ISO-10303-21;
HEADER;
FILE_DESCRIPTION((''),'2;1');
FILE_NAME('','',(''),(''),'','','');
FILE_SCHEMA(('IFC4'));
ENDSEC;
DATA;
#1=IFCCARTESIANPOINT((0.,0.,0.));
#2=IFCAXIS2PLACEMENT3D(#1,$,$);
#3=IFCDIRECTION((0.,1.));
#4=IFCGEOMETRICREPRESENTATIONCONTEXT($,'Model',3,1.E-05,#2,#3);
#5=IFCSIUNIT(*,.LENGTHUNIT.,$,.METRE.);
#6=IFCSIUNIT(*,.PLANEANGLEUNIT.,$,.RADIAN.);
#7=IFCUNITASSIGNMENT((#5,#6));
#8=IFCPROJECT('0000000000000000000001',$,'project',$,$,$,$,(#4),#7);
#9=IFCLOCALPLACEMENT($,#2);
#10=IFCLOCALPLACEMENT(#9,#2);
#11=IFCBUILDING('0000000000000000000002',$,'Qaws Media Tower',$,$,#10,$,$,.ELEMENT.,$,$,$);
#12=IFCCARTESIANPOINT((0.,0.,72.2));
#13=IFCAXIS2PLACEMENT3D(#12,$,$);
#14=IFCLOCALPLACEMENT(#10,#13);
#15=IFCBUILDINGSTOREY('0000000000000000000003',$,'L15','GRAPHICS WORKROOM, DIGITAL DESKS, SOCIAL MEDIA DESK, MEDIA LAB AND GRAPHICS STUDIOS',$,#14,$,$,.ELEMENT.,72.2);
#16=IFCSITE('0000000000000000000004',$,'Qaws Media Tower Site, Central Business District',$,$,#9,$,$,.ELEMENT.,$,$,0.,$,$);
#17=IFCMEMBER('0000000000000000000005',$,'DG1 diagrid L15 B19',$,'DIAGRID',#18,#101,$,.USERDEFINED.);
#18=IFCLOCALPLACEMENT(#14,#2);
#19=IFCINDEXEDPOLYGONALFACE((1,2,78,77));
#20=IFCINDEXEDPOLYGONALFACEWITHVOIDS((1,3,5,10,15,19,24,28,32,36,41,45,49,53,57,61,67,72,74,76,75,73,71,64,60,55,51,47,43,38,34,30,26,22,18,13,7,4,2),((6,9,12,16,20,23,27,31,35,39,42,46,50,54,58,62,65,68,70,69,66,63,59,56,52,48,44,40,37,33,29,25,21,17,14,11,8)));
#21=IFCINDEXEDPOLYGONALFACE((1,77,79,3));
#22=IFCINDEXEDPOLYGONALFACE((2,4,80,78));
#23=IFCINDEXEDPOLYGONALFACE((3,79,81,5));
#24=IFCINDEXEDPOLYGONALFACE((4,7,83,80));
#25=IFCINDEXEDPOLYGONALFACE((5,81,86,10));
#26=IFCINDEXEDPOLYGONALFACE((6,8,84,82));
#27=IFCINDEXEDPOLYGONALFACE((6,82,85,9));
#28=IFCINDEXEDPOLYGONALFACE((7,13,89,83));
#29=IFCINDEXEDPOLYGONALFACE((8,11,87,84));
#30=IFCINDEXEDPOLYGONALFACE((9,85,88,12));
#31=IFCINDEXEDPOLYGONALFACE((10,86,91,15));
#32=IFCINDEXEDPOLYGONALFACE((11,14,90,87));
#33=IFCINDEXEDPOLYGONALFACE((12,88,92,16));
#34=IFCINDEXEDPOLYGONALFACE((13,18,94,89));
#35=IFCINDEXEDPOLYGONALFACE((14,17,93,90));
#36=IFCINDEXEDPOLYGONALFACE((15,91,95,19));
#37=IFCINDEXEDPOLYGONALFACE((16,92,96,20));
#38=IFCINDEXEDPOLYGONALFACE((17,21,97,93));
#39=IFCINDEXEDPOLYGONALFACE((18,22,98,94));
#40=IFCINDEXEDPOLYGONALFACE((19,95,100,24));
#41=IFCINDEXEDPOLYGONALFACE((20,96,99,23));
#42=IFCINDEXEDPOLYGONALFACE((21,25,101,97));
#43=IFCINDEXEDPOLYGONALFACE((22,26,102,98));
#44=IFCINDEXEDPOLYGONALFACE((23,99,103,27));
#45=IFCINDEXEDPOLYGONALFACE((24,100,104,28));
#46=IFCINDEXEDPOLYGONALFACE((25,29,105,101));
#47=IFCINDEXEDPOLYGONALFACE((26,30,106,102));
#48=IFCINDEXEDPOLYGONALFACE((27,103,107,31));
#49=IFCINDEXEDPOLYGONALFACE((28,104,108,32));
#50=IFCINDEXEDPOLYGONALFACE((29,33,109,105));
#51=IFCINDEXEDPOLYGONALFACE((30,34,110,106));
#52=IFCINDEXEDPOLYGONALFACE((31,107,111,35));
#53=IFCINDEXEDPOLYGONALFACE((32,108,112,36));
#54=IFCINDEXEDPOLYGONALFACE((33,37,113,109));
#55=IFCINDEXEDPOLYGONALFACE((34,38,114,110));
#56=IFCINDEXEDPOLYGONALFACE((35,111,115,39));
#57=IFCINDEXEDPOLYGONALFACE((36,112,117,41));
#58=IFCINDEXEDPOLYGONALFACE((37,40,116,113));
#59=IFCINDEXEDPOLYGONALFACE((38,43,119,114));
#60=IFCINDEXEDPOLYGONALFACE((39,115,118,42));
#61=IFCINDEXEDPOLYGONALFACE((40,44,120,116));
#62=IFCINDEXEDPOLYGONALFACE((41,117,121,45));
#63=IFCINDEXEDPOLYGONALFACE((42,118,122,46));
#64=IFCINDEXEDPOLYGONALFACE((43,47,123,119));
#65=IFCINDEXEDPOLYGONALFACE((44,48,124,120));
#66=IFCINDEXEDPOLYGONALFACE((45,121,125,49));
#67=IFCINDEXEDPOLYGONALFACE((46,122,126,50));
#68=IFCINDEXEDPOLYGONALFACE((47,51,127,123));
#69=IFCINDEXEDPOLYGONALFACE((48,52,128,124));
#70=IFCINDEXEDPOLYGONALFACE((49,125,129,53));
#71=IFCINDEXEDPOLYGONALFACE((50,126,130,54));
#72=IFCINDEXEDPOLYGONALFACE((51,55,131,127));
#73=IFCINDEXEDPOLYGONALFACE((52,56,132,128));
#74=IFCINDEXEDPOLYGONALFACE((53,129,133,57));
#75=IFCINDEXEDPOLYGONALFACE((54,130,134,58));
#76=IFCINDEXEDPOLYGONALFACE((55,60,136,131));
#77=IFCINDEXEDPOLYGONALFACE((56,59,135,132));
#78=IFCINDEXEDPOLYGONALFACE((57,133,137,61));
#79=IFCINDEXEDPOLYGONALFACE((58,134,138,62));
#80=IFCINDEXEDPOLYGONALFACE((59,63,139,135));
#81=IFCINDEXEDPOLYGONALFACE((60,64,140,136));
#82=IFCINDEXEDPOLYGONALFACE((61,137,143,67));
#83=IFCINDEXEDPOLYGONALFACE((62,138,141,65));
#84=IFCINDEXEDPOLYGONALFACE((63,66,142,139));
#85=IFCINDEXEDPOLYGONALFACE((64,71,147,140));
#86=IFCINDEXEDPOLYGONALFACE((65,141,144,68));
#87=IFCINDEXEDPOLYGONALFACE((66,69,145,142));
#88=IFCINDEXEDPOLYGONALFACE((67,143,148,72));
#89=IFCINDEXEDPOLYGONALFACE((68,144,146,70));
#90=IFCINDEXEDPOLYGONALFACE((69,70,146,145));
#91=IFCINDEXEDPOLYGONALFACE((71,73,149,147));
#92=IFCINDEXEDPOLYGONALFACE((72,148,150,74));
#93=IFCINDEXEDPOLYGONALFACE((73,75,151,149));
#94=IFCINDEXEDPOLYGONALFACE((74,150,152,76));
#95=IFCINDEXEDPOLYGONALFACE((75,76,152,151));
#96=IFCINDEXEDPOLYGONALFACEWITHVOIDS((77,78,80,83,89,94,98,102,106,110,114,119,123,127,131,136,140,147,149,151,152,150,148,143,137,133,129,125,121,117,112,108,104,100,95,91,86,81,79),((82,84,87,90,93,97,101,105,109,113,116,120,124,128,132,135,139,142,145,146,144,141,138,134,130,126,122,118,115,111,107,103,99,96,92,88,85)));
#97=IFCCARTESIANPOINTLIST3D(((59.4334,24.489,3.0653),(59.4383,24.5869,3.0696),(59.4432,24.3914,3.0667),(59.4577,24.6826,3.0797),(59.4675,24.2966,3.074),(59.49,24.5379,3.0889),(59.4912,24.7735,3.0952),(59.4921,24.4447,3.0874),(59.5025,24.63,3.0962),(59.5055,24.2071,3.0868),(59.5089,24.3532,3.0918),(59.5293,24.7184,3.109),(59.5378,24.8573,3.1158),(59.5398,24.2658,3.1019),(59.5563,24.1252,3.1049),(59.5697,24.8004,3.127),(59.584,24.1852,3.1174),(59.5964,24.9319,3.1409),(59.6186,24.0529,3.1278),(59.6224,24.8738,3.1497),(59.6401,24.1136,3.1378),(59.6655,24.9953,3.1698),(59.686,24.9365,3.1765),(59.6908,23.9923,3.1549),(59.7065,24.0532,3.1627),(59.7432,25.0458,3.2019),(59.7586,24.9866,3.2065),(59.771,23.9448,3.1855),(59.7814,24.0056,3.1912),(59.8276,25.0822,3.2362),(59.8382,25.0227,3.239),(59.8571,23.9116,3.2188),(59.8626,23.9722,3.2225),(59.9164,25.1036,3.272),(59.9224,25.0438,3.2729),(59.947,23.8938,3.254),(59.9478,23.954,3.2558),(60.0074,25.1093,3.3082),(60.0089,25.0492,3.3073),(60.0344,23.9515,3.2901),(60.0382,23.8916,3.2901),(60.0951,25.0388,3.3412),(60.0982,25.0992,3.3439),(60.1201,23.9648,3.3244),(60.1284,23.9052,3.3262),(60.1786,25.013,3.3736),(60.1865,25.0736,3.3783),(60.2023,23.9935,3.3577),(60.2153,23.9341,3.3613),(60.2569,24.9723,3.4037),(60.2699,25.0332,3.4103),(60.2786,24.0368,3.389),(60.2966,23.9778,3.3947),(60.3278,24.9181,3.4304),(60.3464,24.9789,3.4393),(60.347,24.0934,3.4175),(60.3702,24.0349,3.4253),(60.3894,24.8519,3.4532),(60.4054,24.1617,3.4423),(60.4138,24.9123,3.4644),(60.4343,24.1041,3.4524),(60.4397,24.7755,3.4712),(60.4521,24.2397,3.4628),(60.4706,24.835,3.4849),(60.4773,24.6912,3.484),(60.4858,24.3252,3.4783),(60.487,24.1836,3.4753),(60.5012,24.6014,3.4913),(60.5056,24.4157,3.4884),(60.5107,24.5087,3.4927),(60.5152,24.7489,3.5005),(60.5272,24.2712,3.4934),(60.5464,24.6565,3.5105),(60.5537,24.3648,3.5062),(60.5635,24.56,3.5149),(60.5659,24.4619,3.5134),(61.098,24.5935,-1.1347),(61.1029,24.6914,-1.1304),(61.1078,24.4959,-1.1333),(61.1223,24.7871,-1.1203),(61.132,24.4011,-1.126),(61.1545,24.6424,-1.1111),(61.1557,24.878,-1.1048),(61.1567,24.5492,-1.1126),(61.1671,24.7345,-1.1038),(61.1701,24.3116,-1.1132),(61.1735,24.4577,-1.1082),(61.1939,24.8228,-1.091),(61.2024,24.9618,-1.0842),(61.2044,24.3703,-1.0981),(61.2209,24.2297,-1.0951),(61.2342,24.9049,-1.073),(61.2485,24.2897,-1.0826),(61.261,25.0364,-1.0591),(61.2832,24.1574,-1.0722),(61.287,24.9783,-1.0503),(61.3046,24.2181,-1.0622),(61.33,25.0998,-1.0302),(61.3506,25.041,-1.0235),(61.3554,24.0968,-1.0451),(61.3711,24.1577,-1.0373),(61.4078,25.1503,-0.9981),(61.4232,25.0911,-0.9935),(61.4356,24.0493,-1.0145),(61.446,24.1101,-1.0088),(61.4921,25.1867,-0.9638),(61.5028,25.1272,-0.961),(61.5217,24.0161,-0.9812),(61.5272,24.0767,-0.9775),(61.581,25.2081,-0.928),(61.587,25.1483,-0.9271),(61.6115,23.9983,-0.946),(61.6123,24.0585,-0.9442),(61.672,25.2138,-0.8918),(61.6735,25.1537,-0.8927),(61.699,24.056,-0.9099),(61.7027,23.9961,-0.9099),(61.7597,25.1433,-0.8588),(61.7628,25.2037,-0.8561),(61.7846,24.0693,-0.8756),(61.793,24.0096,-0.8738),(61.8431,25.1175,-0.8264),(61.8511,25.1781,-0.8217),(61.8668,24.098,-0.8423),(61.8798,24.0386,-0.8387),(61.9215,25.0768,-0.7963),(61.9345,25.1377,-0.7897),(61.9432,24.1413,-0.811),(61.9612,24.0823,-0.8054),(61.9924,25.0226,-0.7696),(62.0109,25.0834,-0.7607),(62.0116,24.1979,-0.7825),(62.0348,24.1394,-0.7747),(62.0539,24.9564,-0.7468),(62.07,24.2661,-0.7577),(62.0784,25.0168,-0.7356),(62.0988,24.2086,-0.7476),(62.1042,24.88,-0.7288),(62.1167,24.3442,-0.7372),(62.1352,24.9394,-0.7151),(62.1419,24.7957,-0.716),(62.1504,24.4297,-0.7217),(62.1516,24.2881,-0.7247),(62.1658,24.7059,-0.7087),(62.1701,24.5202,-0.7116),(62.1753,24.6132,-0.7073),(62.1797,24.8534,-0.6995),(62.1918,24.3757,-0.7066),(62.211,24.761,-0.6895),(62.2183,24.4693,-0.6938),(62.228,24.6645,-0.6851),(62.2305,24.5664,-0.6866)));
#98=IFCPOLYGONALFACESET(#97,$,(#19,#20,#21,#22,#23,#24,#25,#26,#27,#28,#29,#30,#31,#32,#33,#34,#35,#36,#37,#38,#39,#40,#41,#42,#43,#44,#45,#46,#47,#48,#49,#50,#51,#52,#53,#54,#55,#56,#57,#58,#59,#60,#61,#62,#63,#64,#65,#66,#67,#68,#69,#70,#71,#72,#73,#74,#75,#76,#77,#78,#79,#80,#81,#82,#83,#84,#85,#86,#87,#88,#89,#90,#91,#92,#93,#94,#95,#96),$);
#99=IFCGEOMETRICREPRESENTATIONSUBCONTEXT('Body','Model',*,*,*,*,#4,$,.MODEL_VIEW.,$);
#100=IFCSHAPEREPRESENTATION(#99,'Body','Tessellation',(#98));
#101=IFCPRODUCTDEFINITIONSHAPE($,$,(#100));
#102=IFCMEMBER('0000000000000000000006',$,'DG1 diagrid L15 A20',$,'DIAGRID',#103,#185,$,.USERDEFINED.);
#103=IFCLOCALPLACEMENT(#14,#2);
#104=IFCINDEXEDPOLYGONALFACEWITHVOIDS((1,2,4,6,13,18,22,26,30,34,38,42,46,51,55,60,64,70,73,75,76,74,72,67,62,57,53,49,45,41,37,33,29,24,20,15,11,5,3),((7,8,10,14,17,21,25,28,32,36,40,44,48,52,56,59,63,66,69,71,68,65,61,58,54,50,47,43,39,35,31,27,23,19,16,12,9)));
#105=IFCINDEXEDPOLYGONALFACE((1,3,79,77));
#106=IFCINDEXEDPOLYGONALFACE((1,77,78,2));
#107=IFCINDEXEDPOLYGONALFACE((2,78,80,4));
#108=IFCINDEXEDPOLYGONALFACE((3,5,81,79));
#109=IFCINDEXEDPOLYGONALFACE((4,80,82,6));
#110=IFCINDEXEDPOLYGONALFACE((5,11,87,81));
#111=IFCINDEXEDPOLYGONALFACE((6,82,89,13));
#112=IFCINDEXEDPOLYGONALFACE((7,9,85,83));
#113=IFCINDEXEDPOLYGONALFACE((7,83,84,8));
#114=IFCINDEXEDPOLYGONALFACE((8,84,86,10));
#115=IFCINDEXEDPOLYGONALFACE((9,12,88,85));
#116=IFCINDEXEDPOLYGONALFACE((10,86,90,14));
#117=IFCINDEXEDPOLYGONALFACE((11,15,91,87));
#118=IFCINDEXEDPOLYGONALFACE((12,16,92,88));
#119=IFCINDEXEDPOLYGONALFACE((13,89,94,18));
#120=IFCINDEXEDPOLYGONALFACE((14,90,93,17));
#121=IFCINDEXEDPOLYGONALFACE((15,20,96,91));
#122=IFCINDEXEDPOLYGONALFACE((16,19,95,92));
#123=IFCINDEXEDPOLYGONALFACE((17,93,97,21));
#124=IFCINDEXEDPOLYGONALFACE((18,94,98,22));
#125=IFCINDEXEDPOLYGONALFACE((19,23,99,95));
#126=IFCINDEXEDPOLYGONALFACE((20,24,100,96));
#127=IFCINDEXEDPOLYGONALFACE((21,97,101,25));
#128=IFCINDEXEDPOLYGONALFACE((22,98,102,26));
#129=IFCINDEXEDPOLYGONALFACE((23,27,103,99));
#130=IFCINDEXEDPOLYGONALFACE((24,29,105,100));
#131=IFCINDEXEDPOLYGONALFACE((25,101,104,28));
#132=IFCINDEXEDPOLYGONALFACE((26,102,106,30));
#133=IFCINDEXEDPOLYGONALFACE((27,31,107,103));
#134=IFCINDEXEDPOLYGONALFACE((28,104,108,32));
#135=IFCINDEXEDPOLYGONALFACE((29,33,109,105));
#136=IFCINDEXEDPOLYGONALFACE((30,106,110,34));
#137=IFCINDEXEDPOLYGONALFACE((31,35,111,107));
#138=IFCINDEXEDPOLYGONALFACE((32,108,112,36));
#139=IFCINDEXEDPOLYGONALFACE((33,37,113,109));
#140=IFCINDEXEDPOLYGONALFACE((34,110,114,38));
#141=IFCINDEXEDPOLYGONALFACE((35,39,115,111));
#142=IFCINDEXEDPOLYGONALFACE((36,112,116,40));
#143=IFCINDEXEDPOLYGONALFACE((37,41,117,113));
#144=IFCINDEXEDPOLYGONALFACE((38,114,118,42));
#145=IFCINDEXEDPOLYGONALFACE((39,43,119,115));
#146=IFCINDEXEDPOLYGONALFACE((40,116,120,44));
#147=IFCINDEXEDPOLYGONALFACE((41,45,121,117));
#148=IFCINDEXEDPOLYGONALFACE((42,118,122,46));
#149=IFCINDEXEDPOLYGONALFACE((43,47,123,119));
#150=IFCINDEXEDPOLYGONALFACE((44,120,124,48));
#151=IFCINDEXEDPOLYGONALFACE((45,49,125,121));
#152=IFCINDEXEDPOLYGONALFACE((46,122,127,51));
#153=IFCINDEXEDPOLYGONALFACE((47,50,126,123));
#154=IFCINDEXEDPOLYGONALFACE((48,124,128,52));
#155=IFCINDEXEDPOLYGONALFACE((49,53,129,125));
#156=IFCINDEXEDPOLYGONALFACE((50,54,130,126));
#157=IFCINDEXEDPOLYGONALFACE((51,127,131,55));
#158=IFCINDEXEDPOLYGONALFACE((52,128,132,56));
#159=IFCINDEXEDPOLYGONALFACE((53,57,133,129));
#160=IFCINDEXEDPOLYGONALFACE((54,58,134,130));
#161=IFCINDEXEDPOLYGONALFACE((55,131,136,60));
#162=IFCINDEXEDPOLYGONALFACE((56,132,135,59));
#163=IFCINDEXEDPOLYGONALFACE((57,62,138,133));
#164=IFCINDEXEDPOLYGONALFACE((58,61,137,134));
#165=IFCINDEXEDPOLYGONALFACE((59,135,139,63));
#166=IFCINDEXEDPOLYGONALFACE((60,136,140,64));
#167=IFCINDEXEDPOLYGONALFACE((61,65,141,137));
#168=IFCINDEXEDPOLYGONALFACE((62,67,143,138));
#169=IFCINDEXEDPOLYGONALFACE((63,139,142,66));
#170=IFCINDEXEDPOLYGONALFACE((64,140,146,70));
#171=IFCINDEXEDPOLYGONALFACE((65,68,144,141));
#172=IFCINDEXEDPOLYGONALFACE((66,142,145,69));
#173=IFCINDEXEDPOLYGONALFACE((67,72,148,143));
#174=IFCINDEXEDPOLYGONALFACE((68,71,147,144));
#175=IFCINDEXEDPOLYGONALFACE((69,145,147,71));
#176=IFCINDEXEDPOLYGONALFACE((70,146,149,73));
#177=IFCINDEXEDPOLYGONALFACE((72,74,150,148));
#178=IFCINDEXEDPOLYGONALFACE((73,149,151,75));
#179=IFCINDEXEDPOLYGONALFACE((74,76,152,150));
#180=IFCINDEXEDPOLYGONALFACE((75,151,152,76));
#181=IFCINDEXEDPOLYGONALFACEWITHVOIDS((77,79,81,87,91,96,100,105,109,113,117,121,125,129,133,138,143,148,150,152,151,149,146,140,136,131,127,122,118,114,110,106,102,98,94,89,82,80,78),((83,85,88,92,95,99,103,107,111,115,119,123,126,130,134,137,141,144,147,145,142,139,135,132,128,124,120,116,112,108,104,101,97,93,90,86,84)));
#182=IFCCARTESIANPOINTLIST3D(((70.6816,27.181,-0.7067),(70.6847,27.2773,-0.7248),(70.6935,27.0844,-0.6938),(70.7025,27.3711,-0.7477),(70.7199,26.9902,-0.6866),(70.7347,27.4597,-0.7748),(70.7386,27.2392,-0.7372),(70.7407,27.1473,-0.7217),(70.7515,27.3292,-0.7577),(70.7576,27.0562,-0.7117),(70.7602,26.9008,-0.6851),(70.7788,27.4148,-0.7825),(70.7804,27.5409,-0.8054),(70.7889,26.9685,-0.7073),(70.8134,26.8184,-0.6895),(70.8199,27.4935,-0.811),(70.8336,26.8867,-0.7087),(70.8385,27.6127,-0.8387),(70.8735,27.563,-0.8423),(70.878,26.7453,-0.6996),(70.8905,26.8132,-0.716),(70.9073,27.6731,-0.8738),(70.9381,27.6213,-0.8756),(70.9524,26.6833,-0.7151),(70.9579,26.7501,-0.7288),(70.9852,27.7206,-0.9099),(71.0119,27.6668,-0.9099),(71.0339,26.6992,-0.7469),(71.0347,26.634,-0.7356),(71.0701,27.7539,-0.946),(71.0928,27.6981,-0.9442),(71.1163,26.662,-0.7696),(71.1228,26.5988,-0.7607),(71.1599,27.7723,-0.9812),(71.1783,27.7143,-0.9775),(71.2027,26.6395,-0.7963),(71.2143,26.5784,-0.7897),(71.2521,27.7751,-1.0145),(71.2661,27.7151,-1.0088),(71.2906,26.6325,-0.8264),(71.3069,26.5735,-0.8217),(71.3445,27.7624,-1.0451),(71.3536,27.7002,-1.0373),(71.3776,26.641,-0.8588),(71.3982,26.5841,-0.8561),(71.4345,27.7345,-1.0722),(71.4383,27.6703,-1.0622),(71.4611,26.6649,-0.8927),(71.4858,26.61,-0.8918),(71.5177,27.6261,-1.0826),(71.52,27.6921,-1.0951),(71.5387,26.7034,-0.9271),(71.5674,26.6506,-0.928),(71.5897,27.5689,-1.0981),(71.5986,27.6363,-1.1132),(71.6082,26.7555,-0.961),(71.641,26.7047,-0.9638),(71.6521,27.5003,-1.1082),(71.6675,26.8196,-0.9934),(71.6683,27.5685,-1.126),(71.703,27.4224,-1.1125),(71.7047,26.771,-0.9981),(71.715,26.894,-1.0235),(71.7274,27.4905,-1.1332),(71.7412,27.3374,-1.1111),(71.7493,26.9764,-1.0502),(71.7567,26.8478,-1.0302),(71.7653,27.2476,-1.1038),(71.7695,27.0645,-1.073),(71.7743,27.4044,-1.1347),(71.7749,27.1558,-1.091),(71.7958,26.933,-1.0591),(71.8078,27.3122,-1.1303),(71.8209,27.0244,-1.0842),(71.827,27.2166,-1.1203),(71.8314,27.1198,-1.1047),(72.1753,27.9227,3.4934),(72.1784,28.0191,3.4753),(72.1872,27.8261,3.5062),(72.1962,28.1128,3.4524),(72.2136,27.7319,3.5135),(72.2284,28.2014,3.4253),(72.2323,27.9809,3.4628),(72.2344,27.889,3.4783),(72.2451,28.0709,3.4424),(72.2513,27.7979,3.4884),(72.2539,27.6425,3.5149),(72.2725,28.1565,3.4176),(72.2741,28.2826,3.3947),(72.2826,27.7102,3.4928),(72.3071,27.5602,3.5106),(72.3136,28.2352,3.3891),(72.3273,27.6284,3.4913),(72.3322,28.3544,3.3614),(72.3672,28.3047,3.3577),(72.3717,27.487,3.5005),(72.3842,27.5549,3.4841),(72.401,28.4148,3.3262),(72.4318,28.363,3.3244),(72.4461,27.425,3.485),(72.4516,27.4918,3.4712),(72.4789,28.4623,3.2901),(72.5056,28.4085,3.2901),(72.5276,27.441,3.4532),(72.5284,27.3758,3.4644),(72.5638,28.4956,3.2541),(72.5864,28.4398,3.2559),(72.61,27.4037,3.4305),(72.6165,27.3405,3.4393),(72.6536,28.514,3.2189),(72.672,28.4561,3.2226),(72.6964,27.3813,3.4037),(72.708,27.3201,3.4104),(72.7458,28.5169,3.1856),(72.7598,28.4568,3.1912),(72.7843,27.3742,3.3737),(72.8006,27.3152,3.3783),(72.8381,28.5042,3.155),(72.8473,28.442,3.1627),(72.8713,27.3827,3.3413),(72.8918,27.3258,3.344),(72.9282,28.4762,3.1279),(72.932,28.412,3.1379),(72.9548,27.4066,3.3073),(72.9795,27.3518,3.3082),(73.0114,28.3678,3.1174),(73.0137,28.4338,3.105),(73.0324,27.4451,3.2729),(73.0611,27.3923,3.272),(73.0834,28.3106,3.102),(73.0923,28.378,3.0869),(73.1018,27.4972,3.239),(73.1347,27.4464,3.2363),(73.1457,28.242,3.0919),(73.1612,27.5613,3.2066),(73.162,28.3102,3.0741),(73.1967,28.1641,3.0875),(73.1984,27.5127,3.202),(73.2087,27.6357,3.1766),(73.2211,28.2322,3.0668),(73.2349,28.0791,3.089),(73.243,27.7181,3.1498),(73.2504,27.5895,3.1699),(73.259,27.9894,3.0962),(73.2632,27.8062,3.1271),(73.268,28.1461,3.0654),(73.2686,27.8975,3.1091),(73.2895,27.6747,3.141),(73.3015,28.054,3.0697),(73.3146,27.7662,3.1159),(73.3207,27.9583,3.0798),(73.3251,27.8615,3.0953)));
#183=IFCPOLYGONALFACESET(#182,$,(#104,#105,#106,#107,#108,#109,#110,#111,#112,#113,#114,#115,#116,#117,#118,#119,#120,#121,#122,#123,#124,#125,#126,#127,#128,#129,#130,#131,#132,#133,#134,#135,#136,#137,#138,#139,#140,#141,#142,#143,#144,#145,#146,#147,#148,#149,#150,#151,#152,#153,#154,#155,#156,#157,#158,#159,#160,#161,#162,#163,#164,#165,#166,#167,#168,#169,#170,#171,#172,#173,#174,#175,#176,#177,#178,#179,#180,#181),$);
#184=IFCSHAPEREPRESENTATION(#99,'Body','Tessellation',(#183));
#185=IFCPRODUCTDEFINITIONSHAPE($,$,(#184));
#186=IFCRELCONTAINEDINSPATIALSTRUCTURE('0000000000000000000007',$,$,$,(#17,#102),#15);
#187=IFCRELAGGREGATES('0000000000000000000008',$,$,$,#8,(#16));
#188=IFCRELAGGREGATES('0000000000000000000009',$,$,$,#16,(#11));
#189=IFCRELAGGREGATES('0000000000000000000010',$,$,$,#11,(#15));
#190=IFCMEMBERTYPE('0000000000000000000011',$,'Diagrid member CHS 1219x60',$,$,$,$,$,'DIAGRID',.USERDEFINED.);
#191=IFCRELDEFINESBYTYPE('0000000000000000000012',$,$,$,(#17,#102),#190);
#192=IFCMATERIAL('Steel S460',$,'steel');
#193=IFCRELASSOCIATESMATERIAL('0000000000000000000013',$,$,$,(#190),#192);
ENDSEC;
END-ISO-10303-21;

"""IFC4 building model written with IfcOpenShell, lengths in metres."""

from ifc_helpers import new_model, si_unit, direction, frame, origin, origin_2d, place, context, subcontext, project, spatial, hollow_circle, extrude, material, material_profile, profile_set, type_object, element, save


model = new_model("IFC4")

# Units and contexts
model_context = context("Model", 3, precision=1e-05, world=origin(), true_north=direction((0.0, 1.0)))
body_context = subcontext(model_context, "Body", "Model", "MODEL_VIEW")
ifc_project = project(units=[si_unit("LENGTHUNIT", "METRE"), si_unit("PLANEANGLEUNIT", "RADIAN")], contexts=[model_context])

# Site, building, storey
site_placement = place(None, origin())
site = spatial("IfcSite", under=ifc_project, at=site_placement, Name="Qaws Media Tower Site, Central Business District", CompositionType="ELEMENT", RefElevation=0.0)
building_placement = place(site_placement, origin())
building = spatial("IfcBuilding", under=site, at=building_placement, Name="Qaws Media Tower", CompositionType="ELEMENT")
storey_placement = place(building_placement, frame((0.0, 0.0, 72.2)))
storey = spatial("IfcBuildingStorey", under=building, at=storey_placement, Name="L15", Description="GRAPHICS WORKROOM, DIGITAL DESKS, SOCIAL MEDIA DESK, MEDIA LAB AND GRAPHICS STUDIOS", CompositionType="ELEMENT", Elevation=72.2)

# Members
ifc_material_1 = material(Name="Steel S460", Category="steel")
ifc_material_profile_1 = material_profile(ifc_material_1, hollow_circle(Radius=0.6096, WallThickness=0.0601, at=origin_2d()), Name="CHS 1219x60")
ifc_profile_set_1 = profile_set([ifc_material_profile_1], Name="Steel S460")
member_type_1 = type_object("IfcMemberType", Name="Diagrid member CHS 1219x60", ElementType="DIAGRID", PredefinedType="USERDEFINED", material=ifc_profile_set_1)
for number, where, z_axis, x_axis, name in (
    (1, (61.6646, 24.6045, -0.9099), (-0.368346, -0.023123, 0.929401), (0.062652, -0.998035, 0.0), "DG1 diagrid L15 B19"),
    (2, (71.2563, 27.1746, -0.9099), (0.330532, 0.164132, 0.929413), (-0.444752, 0.895654, 0.0), "DG1 diagrid L15 A20"),
):
    element("IfcMember", number, at=place(storey_placement, frame(where, z_axis=z_axis, x_axis=x_axis)), inside=storey, type_object=member_type_1, Name=name, ObjectType="DIAGRID", PredefinedType="USERDEFINED", context=body_context, shape_type="SweptSolid", body=[
        extrude(hollow_circle(Radius=0.6096, WallThickness=0.0601, at=origin_2d()), origin(), (0.0, 0.0, 1.0), 4.519),
    ])

save(model, "model.ifc")
